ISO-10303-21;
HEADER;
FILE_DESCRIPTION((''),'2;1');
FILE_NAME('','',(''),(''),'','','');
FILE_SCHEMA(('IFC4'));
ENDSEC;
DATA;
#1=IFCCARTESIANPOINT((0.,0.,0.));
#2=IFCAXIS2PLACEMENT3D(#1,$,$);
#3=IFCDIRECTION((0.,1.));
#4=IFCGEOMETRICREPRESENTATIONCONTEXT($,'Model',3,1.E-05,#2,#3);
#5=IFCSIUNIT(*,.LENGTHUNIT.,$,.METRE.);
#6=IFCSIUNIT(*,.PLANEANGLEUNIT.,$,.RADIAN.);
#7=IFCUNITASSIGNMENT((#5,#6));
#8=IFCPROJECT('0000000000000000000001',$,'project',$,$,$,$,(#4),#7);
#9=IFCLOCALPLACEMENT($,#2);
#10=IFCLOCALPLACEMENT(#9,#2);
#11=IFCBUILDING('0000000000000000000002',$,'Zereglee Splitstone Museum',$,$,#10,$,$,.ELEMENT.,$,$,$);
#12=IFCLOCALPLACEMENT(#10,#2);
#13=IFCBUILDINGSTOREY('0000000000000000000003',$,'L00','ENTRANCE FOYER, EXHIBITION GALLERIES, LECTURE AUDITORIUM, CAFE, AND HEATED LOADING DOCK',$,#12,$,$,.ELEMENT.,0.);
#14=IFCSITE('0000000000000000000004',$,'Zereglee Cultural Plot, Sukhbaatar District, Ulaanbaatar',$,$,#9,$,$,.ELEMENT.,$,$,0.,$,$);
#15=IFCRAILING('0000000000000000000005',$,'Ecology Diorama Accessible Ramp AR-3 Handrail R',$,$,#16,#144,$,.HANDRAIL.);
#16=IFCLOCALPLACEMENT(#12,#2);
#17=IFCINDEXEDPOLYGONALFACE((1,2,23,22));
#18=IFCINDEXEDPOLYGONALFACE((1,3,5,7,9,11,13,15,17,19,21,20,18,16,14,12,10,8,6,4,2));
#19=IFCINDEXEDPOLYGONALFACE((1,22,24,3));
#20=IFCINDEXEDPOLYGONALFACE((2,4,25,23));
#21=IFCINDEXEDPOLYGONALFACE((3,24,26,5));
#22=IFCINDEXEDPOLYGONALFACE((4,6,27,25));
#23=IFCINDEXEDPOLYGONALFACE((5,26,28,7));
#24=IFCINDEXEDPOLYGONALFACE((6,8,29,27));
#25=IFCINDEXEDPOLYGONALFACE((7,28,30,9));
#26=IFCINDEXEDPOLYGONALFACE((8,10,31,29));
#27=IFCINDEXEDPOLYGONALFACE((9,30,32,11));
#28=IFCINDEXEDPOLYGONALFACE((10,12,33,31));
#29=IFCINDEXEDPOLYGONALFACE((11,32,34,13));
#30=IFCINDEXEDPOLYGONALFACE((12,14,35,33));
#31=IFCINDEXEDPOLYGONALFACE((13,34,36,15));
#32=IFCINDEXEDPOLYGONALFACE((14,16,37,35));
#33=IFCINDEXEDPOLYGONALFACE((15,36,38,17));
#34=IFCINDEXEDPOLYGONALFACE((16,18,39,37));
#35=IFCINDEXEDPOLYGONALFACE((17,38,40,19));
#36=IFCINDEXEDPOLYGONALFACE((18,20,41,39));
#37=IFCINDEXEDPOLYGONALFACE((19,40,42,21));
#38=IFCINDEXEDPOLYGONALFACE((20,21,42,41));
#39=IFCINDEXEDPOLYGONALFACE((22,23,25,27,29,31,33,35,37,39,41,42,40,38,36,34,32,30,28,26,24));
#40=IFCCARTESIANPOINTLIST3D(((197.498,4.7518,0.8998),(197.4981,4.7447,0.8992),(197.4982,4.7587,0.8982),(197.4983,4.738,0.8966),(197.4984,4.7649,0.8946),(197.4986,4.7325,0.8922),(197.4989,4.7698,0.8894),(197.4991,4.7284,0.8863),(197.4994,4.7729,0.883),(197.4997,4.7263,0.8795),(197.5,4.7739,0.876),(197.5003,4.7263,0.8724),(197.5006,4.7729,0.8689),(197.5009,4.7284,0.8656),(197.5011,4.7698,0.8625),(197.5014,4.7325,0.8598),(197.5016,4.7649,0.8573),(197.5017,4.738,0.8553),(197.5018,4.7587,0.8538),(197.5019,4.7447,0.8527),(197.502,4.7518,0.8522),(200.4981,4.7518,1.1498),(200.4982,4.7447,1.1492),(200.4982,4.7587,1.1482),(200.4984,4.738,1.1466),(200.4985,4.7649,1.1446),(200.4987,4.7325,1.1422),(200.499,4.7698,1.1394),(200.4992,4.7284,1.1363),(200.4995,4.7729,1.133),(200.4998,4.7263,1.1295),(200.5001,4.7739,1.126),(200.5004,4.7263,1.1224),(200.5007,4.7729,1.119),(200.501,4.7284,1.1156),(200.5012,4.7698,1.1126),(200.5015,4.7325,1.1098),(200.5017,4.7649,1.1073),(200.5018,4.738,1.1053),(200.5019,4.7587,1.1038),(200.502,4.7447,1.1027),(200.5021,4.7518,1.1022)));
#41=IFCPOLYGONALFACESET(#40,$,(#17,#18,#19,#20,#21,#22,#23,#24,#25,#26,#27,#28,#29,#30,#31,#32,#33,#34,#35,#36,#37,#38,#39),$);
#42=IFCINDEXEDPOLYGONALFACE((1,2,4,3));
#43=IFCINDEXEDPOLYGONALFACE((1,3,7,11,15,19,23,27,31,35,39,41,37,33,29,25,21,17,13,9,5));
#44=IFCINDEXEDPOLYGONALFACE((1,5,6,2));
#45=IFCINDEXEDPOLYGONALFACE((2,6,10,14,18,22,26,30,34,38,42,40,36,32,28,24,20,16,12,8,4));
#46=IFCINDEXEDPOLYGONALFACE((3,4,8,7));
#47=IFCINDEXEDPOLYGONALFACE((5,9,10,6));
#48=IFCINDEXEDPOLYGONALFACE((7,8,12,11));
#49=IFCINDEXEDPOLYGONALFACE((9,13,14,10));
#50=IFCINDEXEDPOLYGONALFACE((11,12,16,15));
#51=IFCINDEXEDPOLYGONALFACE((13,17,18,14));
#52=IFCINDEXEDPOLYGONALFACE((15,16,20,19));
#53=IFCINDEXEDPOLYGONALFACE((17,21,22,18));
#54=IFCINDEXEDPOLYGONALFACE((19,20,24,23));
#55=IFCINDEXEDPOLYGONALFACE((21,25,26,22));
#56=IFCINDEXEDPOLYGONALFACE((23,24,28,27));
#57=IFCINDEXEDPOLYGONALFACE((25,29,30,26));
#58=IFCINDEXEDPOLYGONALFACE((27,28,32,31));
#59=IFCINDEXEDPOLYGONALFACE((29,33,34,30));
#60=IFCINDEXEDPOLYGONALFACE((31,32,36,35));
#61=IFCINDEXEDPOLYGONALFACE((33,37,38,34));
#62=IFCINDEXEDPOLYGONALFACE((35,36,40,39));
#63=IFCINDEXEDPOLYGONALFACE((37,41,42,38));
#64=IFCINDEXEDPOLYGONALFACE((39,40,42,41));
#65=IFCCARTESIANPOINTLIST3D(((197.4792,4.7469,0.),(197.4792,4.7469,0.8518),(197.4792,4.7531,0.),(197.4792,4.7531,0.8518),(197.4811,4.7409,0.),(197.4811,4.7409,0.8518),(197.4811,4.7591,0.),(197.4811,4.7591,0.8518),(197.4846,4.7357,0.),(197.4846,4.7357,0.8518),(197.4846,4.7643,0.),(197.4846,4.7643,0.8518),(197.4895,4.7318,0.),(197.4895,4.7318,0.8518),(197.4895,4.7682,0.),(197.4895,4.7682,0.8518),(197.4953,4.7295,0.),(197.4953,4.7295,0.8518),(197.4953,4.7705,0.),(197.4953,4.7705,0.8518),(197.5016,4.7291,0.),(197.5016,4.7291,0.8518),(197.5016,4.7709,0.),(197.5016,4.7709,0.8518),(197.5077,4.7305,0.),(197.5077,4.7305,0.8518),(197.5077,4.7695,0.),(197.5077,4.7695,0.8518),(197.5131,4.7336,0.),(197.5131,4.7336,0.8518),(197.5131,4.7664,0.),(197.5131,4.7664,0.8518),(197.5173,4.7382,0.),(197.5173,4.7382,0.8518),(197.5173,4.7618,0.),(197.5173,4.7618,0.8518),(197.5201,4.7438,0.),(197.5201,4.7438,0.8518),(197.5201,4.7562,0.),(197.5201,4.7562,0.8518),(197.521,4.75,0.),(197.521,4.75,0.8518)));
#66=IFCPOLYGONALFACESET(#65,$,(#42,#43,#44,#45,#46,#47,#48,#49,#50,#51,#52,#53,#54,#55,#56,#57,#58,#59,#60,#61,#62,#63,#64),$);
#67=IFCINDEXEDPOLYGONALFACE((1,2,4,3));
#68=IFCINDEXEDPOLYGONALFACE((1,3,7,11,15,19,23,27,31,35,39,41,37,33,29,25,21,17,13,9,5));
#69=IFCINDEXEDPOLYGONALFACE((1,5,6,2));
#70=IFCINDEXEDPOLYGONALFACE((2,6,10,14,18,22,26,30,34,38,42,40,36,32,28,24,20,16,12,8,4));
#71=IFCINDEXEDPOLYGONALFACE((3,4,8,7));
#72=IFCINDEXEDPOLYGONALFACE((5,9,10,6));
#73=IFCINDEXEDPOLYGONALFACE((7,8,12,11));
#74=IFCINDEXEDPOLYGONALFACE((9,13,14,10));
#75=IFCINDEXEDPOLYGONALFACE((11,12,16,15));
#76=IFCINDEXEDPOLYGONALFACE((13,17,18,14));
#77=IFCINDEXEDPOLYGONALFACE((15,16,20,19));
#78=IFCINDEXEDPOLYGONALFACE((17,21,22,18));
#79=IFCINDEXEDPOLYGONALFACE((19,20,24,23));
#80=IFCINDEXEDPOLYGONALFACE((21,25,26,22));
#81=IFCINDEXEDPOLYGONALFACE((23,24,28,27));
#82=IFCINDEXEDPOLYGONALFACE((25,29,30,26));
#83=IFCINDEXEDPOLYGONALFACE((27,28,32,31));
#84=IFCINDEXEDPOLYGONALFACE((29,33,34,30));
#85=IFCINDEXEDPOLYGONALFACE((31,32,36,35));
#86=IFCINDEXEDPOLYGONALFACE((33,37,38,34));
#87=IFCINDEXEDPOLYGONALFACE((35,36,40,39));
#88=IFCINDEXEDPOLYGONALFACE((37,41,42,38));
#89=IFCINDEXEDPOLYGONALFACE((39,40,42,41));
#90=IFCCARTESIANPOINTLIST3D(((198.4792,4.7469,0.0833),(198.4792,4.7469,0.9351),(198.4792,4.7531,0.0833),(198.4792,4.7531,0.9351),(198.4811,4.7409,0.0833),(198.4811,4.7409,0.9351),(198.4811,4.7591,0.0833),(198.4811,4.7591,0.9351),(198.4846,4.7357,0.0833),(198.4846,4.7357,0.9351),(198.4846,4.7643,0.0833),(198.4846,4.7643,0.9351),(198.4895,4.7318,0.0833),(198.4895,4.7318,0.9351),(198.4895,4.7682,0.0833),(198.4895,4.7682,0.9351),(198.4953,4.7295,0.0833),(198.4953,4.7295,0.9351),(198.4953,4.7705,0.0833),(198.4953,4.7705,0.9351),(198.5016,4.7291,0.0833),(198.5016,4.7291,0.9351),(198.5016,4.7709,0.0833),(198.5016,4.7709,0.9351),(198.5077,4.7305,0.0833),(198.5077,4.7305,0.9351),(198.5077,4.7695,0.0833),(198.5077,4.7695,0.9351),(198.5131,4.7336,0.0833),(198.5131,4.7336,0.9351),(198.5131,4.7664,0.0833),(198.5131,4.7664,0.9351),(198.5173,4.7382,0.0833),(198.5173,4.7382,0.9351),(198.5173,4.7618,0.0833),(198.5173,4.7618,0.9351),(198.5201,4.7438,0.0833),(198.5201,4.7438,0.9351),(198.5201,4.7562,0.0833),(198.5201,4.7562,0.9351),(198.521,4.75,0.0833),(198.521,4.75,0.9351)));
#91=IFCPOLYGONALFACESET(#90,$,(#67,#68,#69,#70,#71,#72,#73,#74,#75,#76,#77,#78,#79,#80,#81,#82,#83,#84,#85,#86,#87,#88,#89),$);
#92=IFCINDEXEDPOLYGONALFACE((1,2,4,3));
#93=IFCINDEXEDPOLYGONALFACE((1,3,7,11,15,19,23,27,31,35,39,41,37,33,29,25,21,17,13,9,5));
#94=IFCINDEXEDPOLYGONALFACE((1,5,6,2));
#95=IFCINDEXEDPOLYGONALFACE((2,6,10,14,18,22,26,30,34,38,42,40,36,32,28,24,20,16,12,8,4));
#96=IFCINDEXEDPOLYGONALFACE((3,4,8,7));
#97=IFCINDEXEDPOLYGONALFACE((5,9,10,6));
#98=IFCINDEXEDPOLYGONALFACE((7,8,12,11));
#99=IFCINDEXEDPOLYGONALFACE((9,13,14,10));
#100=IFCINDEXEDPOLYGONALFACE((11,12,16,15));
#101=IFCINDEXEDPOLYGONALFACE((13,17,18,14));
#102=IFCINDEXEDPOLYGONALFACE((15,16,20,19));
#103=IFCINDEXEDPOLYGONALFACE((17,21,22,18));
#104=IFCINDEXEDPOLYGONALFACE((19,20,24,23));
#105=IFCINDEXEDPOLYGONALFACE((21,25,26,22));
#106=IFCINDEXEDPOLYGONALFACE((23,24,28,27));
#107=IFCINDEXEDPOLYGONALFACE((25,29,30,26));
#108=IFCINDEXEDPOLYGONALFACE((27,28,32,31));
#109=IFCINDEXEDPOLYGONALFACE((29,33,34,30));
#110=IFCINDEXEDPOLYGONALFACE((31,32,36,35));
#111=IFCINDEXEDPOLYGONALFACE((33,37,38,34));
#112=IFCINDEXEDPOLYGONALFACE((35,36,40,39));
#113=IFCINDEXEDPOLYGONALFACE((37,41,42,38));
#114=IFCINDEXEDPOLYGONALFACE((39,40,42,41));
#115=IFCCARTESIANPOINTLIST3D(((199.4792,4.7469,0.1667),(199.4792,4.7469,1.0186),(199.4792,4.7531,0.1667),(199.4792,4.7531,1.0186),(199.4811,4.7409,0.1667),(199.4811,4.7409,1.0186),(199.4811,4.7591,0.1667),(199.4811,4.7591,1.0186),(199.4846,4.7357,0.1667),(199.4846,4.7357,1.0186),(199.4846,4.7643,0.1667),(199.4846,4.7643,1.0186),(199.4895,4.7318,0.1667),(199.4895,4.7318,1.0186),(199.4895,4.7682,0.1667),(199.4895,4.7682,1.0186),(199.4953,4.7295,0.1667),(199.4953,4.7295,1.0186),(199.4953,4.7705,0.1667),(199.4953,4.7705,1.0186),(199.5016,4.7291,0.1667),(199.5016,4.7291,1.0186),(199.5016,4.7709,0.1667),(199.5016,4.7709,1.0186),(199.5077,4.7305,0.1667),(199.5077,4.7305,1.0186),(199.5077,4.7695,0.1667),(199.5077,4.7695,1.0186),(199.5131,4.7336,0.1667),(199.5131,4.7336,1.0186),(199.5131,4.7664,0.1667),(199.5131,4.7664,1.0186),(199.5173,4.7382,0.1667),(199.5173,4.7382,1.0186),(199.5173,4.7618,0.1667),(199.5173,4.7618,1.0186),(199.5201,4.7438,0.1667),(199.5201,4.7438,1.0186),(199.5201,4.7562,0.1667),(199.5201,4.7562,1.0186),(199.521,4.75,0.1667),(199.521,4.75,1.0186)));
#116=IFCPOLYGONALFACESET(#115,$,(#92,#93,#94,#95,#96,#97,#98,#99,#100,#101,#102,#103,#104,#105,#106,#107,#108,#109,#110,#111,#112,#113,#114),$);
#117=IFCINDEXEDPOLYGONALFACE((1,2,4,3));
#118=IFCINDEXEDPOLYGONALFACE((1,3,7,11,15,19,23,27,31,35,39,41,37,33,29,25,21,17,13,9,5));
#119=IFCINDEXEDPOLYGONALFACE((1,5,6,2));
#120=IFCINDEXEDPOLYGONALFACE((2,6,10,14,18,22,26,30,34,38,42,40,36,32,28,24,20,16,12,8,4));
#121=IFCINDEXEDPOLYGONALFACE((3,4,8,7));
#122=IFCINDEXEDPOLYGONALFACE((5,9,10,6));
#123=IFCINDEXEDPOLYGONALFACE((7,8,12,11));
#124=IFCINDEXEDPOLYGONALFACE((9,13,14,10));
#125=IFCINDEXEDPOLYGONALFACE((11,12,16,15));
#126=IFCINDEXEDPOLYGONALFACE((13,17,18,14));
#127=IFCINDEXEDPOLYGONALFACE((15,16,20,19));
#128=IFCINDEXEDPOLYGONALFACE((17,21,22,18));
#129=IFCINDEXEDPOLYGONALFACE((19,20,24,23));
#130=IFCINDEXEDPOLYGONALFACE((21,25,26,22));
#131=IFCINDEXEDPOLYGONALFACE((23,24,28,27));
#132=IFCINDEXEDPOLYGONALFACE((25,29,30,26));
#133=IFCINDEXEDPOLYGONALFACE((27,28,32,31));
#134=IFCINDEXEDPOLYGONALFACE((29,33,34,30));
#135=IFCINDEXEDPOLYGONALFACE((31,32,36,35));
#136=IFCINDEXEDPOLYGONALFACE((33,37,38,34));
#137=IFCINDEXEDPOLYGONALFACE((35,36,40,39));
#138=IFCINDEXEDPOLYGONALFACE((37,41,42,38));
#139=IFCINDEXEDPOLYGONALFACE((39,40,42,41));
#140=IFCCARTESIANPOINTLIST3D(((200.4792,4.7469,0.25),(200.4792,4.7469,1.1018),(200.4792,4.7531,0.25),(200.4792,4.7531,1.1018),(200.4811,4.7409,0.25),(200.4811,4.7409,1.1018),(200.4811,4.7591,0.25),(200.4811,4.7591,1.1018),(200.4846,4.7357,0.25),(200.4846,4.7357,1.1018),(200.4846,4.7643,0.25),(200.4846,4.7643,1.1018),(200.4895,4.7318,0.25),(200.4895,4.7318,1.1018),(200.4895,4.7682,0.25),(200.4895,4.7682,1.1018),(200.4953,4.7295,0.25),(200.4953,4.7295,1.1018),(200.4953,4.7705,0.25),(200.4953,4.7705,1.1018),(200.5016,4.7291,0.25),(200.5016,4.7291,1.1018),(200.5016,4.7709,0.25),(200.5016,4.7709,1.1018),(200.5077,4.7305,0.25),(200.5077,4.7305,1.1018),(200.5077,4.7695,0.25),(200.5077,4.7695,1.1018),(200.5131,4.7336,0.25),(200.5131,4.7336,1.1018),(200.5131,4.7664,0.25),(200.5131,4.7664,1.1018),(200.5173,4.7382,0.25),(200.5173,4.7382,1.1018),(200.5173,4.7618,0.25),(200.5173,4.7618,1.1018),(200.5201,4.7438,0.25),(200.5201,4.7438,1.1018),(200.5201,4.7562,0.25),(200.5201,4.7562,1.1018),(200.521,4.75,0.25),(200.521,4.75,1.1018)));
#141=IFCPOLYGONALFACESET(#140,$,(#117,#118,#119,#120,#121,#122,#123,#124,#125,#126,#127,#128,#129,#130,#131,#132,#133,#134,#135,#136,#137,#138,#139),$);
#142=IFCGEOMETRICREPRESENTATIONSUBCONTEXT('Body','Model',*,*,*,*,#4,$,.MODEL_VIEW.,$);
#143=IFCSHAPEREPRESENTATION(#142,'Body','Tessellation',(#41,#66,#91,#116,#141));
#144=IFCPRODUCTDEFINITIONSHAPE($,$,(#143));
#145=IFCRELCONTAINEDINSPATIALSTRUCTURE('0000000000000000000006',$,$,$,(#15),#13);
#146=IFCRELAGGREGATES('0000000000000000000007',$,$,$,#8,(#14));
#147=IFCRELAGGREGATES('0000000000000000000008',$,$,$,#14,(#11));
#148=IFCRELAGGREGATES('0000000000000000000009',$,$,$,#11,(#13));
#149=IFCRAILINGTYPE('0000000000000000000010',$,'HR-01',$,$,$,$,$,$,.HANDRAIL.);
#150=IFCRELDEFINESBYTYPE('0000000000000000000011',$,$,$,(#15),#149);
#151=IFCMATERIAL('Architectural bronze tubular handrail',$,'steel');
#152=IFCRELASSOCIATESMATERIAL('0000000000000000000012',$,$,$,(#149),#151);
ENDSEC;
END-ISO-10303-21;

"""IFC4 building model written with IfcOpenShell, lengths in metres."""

from ifc_helpers import new_model, si_unit, direction, frame, origin, origin_2d, place, context, subcontext, project, spatial, circle, extrude, material, type_object, element, save


model = new_model("IFC4")

# Units and contexts
model_context = context("Model", 3, precision=1e-05, world=origin(), true_north=direction((0.0, 1.0)))
body_context = subcontext(model_context, "Body", "Model", "MODEL_VIEW")
ifc_project = project(units=[si_unit("LENGTHUNIT", "METRE"), si_unit("PLANEANGLEUNIT", "RADIAN")], contexts=[model_context])

# Site, building, storey
site_placement = place(None, origin())
site = spatial("IfcSite", under=ifc_project, at=site_placement, Name="Zereglee Cultural Plot, Sukhbaatar District, Ulaanbaatar", CompositionType="ELEMENT", RefElevation=0.0)
building_placement = place(site_placement, origin())
building = spatial("IfcBuilding", under=site, at=building_placement, Name="Zereglee Splitstone Museum", CompositionType="ELEMENT")
storey_placement = place(building_placement, origin())
storey = spatial("IfcBuildingStorey", under=building, at=storey_placement, Name="L00", Description="ENTRANCE FOYER, EXHIBITION GALLERIES, LECTURE AUDITORIUM, CAFE, AND HEATED LOADING DOCK", CompositionType="ELEMENT", Elevation=0.0)

# Railing
ifc_material_1 = material(Name="Architectural bronze tubular handrail", Category="steel")
railing_type_1 = type_object("IfcRailingType", Name="HR-01", PredefinedType="HANDRAIL", material=ifc_material_1)
for number, where, name in (
    (1, (197.5, 4.75, 0.0), "Ecology Diorama Accessible Ramp AR-3 Handrail R"),
):
    element("IfcRailing", number, at=place(storey_placement, frame(where)), inside=storey, type_object=railing_type_1, Name=name, PredefinedType="HANDRAIL", context=body_context, shape_type="SweptSolid", body=[
        extrude(circle(Radius=0.0239, at=origin_2d()), frame((0.0, 0.0, 0.876), z_axis=(0.996546, 0.0, 0.083045), x_axis=(0.0, 1.0, 0.0)), (0.0, 0.0, 1.0), 3.0105),
        extrude(circle(Radius=0.021, at=origin_2d()), origin(), (0.0, 0.0, 1.0), 0.8518),
        extrude(circle(Radius=0.021, at=origin_2d()), frame((1.0, 0.0, 0.0833)), (0.0, 0.0, 1.0), 0.8518),
        extrude(circle(Radius=0.021, at=origin_2d()), frame((2.0, 0.0, 0.1667)), (0.0, 0.0, 1.0), 0.8518),
        extrude(circle(Radius=0.021, at=origin_2d()), frame((3.0, 0.0, 0.25)), (0.0, 0.0, 1.0), 0.8518),
    ])

save(model, "model.ifc")
